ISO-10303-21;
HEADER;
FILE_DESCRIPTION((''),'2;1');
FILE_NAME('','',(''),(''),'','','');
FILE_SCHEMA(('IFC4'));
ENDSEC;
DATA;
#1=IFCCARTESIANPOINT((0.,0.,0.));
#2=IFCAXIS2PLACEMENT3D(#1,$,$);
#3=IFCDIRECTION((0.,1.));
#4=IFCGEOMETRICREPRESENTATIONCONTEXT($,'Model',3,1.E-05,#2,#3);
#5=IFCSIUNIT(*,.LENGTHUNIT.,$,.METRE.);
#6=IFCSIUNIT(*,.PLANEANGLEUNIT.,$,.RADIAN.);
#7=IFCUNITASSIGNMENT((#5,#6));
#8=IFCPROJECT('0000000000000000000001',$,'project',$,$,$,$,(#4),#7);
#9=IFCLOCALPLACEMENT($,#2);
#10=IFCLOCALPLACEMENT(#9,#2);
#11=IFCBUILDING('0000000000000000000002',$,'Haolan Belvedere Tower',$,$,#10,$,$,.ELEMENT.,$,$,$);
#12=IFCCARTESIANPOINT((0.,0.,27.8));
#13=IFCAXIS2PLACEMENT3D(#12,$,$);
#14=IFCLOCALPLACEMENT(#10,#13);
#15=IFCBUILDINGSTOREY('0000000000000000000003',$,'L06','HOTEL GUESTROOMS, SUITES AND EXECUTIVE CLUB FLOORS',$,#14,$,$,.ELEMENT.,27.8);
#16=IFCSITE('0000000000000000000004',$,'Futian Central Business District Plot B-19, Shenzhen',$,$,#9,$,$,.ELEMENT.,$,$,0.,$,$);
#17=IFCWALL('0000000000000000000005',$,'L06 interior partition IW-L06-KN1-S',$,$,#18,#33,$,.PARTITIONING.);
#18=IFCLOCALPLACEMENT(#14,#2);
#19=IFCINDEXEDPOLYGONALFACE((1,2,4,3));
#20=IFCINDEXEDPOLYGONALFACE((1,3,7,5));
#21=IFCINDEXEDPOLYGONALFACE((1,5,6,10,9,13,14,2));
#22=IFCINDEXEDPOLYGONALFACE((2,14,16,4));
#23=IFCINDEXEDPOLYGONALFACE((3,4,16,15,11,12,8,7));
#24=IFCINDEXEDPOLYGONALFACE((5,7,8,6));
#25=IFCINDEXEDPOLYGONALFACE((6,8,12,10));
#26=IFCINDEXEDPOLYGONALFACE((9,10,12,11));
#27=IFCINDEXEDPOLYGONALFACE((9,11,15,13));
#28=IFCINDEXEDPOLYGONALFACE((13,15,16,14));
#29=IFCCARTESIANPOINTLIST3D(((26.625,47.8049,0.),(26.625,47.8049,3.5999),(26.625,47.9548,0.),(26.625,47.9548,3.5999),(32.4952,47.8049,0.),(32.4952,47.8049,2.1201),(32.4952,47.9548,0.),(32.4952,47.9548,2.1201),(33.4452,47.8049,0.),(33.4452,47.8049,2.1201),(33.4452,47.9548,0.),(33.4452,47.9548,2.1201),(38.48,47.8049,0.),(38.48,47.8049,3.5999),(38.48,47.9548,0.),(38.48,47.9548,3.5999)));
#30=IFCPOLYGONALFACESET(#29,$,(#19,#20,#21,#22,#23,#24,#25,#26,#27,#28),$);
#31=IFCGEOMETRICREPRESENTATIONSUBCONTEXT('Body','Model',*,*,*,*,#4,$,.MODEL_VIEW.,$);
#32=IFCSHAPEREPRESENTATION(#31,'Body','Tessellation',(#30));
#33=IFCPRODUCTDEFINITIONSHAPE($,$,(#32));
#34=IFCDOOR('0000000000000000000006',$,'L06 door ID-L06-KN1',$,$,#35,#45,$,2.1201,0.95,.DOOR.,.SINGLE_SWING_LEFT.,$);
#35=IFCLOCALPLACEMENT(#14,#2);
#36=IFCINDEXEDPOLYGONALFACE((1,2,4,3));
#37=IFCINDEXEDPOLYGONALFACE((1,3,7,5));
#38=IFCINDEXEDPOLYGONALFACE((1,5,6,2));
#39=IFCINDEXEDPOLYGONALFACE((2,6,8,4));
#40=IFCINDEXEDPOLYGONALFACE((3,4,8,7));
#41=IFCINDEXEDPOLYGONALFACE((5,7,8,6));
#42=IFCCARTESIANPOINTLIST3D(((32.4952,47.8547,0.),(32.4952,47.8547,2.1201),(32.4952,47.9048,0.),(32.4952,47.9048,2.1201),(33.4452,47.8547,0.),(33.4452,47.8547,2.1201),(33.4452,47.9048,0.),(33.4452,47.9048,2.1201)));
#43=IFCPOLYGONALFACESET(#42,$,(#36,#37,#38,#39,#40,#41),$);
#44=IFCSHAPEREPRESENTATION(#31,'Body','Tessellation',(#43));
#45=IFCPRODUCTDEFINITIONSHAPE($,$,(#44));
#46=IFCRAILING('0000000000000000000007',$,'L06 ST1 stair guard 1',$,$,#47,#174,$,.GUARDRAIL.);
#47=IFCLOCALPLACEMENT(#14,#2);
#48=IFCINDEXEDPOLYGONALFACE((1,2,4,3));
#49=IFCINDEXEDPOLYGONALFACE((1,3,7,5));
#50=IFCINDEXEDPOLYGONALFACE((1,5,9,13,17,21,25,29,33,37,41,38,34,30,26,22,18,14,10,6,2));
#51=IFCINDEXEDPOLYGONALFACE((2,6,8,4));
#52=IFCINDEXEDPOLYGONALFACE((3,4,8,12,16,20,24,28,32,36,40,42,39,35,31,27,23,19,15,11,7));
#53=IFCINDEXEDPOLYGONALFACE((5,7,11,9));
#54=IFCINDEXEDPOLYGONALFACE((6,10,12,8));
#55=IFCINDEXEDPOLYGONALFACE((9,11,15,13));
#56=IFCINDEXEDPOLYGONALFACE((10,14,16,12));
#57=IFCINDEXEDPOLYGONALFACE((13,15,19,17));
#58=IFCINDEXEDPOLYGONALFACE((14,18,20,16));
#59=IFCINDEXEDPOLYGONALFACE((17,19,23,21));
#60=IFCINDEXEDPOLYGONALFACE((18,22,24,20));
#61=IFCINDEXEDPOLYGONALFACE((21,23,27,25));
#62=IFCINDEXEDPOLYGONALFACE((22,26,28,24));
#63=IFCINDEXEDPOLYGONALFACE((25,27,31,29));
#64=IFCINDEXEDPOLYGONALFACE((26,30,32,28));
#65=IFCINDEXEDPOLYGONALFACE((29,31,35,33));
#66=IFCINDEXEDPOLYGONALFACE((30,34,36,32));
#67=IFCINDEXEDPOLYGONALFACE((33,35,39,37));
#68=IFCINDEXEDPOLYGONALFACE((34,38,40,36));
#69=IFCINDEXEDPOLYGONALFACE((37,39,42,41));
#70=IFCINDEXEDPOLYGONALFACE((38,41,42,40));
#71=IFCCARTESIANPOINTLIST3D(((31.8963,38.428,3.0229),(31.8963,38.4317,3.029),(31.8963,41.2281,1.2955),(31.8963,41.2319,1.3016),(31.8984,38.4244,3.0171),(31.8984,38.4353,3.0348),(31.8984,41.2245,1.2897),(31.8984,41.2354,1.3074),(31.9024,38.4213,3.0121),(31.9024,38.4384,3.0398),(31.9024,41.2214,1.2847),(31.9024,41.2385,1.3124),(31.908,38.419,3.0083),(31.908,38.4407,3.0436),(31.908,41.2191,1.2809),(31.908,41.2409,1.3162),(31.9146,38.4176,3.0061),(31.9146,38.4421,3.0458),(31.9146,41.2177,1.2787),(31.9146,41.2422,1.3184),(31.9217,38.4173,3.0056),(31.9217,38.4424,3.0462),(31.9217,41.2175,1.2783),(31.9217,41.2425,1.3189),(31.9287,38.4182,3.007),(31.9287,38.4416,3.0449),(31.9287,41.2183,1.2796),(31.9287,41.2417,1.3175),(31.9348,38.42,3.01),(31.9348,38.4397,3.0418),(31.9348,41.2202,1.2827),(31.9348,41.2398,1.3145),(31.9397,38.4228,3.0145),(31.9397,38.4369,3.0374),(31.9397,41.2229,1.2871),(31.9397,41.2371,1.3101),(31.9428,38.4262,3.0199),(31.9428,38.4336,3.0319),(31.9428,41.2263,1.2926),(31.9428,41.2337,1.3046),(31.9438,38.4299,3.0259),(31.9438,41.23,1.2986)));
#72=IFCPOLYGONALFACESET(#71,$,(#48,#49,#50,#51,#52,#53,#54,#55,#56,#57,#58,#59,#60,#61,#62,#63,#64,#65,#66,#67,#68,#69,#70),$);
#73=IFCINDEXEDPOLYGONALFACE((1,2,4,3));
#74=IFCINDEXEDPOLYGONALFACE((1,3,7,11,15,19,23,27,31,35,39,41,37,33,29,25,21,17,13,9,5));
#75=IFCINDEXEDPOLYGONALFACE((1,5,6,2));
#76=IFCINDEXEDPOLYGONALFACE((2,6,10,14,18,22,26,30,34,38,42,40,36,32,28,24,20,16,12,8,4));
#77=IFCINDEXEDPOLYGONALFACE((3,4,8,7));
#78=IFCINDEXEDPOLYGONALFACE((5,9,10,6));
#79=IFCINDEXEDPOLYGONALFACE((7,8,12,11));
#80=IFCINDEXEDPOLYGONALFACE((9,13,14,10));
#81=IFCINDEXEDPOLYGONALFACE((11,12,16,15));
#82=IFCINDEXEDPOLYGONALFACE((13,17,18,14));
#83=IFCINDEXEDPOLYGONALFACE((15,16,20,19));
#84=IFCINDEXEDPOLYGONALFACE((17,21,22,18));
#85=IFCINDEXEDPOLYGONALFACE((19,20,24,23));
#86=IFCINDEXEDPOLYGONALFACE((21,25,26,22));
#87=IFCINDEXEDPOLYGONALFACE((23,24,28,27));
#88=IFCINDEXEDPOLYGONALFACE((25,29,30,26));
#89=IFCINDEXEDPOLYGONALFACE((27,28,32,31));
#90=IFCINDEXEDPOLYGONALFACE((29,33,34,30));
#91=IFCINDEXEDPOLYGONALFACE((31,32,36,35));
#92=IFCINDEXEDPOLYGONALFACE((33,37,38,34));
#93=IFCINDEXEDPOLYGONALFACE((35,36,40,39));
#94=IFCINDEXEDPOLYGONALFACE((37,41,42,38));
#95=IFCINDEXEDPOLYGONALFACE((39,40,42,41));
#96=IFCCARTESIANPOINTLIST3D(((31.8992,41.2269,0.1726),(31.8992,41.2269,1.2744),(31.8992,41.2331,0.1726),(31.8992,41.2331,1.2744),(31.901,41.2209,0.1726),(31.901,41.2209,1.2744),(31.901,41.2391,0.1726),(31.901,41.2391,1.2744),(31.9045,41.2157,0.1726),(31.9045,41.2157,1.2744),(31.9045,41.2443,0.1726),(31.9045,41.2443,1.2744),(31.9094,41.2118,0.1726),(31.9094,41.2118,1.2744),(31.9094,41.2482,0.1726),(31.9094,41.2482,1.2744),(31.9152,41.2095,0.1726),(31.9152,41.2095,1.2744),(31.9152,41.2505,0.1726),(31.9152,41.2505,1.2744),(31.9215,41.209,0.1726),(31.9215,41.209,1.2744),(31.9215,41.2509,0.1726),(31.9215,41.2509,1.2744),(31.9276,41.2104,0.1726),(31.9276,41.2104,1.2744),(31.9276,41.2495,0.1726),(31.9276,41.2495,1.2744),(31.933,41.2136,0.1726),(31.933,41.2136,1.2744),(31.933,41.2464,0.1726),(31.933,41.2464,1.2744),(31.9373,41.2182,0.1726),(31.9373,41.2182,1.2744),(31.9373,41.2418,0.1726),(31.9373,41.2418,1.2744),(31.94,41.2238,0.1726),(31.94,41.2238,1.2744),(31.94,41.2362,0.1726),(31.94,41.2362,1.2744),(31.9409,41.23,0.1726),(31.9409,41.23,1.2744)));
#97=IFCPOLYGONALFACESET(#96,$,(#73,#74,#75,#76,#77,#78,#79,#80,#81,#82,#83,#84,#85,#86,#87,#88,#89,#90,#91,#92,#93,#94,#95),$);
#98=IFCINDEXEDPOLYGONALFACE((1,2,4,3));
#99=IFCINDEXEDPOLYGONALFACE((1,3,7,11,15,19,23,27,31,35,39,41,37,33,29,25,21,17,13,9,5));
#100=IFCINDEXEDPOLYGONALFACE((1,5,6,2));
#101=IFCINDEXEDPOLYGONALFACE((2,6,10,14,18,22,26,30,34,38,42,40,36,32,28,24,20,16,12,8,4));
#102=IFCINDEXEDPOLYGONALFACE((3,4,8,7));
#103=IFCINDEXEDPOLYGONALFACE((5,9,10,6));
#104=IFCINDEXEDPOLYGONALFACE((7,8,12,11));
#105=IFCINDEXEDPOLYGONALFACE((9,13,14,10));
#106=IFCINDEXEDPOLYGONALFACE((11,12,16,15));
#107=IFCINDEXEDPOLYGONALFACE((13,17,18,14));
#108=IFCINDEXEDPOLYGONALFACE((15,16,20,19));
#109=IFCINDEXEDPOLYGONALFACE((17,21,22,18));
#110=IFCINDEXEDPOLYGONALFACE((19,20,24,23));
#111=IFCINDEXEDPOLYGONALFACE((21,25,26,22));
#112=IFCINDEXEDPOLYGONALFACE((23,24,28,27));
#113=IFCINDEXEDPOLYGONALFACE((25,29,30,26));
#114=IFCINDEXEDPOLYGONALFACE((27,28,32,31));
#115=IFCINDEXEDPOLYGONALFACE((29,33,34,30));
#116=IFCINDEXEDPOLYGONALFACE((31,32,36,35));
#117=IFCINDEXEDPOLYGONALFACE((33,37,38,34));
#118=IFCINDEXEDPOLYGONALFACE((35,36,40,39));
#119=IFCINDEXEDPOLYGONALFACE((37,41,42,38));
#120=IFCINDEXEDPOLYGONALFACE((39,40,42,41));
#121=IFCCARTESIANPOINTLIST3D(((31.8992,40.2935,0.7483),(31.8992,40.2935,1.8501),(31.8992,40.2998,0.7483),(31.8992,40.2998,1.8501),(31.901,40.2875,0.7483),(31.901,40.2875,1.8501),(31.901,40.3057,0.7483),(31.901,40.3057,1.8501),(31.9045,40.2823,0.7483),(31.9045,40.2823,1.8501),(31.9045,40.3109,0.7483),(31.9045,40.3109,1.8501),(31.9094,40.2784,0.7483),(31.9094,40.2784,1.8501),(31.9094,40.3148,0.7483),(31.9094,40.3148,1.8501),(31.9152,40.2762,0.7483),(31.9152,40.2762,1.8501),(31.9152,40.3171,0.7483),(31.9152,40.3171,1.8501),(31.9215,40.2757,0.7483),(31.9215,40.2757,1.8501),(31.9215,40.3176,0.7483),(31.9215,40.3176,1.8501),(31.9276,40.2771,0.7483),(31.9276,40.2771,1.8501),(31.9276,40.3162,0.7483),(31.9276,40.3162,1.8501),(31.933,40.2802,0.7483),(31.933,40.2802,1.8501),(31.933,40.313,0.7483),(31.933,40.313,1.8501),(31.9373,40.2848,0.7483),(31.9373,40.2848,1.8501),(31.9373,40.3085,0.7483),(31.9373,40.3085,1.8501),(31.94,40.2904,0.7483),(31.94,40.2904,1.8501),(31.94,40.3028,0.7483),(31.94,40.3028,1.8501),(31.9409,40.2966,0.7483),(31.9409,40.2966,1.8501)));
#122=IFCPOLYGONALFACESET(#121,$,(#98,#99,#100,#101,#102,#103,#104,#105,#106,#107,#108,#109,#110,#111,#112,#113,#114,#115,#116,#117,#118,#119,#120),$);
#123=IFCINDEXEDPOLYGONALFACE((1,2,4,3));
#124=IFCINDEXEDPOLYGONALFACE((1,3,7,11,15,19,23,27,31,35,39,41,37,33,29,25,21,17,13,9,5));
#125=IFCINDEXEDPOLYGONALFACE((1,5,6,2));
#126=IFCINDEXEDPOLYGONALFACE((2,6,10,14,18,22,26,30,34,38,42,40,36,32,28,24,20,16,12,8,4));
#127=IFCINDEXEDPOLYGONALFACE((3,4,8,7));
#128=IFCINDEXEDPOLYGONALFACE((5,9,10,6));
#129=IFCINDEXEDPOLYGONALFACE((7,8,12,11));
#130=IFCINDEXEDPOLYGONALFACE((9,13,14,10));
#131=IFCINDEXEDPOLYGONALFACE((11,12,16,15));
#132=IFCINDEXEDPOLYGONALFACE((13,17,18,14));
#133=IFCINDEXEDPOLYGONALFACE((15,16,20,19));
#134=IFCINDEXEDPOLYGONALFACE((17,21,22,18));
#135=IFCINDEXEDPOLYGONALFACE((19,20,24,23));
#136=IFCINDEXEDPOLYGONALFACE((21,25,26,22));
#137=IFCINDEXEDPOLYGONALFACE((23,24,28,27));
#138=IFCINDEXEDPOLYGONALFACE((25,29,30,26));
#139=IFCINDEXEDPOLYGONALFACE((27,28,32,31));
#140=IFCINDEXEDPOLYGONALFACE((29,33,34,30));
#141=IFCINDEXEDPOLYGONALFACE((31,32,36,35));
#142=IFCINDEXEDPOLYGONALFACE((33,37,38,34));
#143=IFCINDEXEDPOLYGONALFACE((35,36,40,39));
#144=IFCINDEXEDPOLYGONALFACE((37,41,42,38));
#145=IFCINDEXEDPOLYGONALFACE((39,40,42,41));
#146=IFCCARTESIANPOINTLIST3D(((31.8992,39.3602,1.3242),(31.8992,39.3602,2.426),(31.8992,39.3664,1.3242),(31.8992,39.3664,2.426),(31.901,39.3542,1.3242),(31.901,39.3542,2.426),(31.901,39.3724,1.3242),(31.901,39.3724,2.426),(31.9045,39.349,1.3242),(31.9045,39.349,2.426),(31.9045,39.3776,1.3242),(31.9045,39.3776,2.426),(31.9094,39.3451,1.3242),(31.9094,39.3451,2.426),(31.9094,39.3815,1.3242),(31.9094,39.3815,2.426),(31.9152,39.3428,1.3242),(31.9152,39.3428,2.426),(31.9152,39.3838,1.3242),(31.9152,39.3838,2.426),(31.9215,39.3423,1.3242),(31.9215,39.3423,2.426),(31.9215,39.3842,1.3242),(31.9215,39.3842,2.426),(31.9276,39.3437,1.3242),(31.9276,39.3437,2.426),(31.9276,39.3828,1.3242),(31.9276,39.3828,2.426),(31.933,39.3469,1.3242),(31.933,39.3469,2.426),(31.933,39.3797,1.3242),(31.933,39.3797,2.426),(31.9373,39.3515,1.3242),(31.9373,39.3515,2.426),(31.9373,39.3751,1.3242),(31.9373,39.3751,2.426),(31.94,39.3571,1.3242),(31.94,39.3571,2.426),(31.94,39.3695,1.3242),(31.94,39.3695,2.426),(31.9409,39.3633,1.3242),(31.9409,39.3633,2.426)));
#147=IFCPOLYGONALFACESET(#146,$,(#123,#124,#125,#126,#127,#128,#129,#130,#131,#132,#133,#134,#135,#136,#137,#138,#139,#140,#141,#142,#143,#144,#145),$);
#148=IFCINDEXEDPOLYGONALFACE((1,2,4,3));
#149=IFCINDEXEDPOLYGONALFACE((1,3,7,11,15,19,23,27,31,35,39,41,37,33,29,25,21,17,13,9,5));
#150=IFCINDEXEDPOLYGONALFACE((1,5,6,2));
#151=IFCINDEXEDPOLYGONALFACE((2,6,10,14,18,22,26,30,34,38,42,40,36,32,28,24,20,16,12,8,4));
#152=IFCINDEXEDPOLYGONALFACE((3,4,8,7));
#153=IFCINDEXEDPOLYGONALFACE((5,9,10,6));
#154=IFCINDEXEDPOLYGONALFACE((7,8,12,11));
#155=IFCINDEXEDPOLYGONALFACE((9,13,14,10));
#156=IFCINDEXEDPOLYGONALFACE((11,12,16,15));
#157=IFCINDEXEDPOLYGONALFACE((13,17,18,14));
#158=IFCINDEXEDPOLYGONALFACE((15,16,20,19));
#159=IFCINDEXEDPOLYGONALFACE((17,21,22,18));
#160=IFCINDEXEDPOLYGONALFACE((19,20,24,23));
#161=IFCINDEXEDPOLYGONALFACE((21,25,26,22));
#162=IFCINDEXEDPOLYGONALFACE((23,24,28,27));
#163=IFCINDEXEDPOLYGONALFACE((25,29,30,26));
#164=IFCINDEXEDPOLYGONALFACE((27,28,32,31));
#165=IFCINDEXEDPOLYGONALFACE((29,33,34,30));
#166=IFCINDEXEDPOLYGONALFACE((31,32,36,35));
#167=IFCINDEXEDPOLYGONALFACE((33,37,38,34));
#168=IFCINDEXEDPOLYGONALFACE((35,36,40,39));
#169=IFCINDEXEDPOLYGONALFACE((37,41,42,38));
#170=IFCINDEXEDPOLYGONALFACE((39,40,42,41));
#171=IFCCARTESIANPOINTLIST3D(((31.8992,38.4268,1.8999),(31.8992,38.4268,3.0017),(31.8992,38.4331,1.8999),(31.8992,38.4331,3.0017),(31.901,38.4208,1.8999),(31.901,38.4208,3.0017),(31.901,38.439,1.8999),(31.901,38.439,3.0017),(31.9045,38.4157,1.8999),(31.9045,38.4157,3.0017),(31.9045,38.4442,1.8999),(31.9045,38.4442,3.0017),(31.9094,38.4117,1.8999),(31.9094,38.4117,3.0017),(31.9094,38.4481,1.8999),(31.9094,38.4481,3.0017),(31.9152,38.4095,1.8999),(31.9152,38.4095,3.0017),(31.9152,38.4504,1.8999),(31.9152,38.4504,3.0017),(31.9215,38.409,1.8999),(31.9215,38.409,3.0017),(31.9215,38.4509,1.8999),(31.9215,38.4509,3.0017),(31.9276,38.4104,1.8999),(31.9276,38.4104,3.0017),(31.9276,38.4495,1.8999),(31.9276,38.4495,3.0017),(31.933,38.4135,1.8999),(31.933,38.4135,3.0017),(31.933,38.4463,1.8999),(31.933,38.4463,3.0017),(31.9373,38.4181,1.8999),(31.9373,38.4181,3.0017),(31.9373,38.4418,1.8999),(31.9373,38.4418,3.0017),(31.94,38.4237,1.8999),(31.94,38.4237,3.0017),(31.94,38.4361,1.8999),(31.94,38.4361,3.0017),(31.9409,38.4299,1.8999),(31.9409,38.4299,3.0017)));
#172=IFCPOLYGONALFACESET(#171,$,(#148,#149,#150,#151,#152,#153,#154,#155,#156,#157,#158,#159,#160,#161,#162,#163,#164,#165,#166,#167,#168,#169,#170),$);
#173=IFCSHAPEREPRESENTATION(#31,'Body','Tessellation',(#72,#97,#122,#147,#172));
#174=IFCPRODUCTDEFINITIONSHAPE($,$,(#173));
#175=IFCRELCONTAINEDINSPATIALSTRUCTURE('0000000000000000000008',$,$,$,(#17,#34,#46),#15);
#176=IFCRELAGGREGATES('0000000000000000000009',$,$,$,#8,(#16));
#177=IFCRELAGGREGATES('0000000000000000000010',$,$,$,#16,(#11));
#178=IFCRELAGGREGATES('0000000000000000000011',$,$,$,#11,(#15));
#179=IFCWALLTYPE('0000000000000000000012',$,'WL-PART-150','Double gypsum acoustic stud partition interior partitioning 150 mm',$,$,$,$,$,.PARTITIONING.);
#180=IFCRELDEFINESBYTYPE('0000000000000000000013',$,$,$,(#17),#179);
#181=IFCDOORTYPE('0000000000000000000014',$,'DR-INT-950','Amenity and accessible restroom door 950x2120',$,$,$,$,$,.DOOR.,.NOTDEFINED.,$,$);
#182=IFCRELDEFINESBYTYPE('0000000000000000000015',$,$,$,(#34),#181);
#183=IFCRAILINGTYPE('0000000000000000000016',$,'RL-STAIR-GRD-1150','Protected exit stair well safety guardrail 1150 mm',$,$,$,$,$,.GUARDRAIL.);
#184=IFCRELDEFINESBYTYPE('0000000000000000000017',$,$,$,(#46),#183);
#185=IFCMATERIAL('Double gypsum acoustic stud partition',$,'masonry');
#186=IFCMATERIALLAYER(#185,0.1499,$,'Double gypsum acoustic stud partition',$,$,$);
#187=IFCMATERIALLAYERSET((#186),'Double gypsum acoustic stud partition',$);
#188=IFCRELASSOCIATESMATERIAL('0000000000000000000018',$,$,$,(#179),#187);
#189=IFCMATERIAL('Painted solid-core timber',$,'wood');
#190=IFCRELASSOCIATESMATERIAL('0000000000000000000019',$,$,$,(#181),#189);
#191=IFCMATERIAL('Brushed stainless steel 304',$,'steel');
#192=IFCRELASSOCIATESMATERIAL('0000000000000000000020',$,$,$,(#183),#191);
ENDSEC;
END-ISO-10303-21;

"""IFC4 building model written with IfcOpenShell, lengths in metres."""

from ifc_helpers import new_model, si_unit, direction, frame, frame_2d, origin, origin_2d, place, context, subcontext, project, spatial, rectangle, circle, extrude, material, layer, layer_set, type_object, element, fill, save


model = new_model("IFC4")

# Units and contexts
model_context = context("Model", 3, precision=1e-05, world=origin(), true_north=direction((0.0, 1.0)))
body_context = subcontext(model_context, "Body", "Model", "MODEL_VIEW")
ifc_project = project(units=[si_unit("LENGTHUNIT", "METRE"), si_unit("PLANEANGLEUNIT", "RADIAN")], contexts=[model_context])

# Site, building, storey
site_placement = place(None, origin())
site = spatial("IfcSite", under=ifc_project, at=site_placement, Name="Futian Central Business District Plot B-19, Shenzhen", CompositionType="ELEMENT", RefElevation=0.0)
building_placement = place(site_placement, origin())
building = spatial("IfcBuilding", under=site, at=building_placement, Name="Haolan Belvedere Tower", CompositionType="ELEMENT")
storey_placement = place(building_placement, frame((0.0, 0.0, 27.8)))
storey = spatial("IfcBuildingStorey", under=building, at=storey_placement, Name="L06", Description="HOTEL GUESTROOMS, SUITES AND EXECUTIVE CLUB FLOORS", CompositionType="ELEMENT", Elevation=27.8)

# Shared definitions
ifc_material_1 = material(Name="Double gypsum acoustic stud partition", Category="masonry")
ifc_layer_1 = layer(ifc_material_1, 0.1499, Name="Double gypsum acoustic stud partition")
ifc_layer_set_1 = layer_set([ifc_layer_1], Name="Double gypsum acoustic stud partition")
wall_type_1 = type_object("IfcWallType", Name="WL-PART-150", Description="Double gypsum acoustic stud partition interior partitioning 150 mm", PredefinedType="PARTITIONING", material=ifc_layer_set_1)

# Wall, opening, door
wall_1_placement = place(storey_placement, frame((26.625, 47.8799, 0.0), z_axis=(0.0, 0.0, 1.0), x_axis=(1.0, 0.0, 0.0)))
wall_1 = element("IfcWall", 1, at=wall_1_placement, inside=storey, type_object=wall_type_1, Name="L06 interior partition IW-L06-KN1-S", PredefinedType="PARTITIONING", context=body_context, shape_type="SweptSolid", body=[
    extrude(rectangle(XDim=11.855, YDim=0.1499, at=frame_2d((5.9275, 0.0))), origin(), (0.0, 0.0, 1.0), 3.5999),
])
opening_1_placement = place(wall_1_placement, frame((5.8701, 0.0, 0.0)))
opening_1 = element("IfcOpeningElement", 2, at=opening_1_placement, cuts=wall_1, PredefinedType="OPENING", context=body_context, shape_type="SweptSolid", body=[
    extrude(rectangle(XDim=0.95, YDim=2.1201, at=frame_2d((0.4751, 1.0601))), frame((0.0, 0.085, 0.0), z_axis=(0.0, -1.0, 0.0), x_axis=(1.0, 0.0, 0.0)), (0.0, 0.0, 1.0), 0.1699),
])
ifc_material_2 = material(Name="Painted solid-core timber", Category="wood")
door_type_1 = type_object("IfcDoorType", Name="DR-INT-950", Description="Amenity and accessible restroom door 950x2120", OperationType="NOTDEFINED", PredefinedType="DOOR", material=ifc_material_2)
door_1_placement = place(opening_1_placement, origin())
door_1 = element("IfcDoor", 3, at=door_1_placement, inside=storey, type_object=door_type_1, Name="L06 door ID-L06-KN1", OperationType="SINGLE_SWING_LEFT", OverallHeight=2.1201, OverallWidth=0.95, PredefinedType="DOOR", context=body_context, shape_type="SweptSolid", body=[
    extrude(rectangle(XDim=0.95, YDim=2.1201, at=frame_2d((0.4751, 1.0601))), frame((0.0, 0.0249, 0.0), z_axis=(0.0, -1.0, 0.0), x_axis=(1.0, 0.0, 0.0)), (0.0, 0.0, 1.0), 0.05),
])
fill(opening_1, door_1)

# Railing
ifc_material_3 = material(Name="Brushed stainless steel 304", Category="steel")
railing_type = type_object("IfcRailingType", Name="RL-STAIR-GRD-1150", Description="Protected exit stair well safety guardrail 1150 mm", PredefinedType="GUARDRAIL", material=ifc_material_3)
railing_1_placement = place(storey_placement, frame((31.9199, 41.23, 0.1726)))
element("IfcRailing", 4, at=railing_1_placement, inside=storey, type_object=railing_type, Name="L06 ST1 stair guard 1", PredefinedType="GUARDRAIL", context=body_context, shape_type="SweptSolid", body=[
    extrude(circle(Radius=0.0239, at=origin_2d()), frame((0.0, 0.0, 1.126), z_axis=(0.0, -0.85109, 0.52502), x_axis=(1.0, 0.0, 0.0)), (0.0, 0.0, 1.0), 3.29),
    extrude(circle(Radius=0.021, at=origin_2d()), origin(), (0.0, 0.0, 1.0), 1.1018),
    extrude(circle(Radius=0.021, at=origin_2d()), frame((0.0, -0.9333, 0.5757)), (0.0, 0.0, 1.0), 1.1018),
    extrude(circle(Radius=0.021, at=origin_2d()), frame((0.0, -1.8667, 1.1516)), (0.0, 0.0, 1.0), 1.1018),
    extrude(circle(Radius=0.021, at=origin_2d()), frame((0.0, -2.8, 1.7273)), (0.0, 0.0, 1.0), 1.1018),
])

save(model, "model.ifc")
